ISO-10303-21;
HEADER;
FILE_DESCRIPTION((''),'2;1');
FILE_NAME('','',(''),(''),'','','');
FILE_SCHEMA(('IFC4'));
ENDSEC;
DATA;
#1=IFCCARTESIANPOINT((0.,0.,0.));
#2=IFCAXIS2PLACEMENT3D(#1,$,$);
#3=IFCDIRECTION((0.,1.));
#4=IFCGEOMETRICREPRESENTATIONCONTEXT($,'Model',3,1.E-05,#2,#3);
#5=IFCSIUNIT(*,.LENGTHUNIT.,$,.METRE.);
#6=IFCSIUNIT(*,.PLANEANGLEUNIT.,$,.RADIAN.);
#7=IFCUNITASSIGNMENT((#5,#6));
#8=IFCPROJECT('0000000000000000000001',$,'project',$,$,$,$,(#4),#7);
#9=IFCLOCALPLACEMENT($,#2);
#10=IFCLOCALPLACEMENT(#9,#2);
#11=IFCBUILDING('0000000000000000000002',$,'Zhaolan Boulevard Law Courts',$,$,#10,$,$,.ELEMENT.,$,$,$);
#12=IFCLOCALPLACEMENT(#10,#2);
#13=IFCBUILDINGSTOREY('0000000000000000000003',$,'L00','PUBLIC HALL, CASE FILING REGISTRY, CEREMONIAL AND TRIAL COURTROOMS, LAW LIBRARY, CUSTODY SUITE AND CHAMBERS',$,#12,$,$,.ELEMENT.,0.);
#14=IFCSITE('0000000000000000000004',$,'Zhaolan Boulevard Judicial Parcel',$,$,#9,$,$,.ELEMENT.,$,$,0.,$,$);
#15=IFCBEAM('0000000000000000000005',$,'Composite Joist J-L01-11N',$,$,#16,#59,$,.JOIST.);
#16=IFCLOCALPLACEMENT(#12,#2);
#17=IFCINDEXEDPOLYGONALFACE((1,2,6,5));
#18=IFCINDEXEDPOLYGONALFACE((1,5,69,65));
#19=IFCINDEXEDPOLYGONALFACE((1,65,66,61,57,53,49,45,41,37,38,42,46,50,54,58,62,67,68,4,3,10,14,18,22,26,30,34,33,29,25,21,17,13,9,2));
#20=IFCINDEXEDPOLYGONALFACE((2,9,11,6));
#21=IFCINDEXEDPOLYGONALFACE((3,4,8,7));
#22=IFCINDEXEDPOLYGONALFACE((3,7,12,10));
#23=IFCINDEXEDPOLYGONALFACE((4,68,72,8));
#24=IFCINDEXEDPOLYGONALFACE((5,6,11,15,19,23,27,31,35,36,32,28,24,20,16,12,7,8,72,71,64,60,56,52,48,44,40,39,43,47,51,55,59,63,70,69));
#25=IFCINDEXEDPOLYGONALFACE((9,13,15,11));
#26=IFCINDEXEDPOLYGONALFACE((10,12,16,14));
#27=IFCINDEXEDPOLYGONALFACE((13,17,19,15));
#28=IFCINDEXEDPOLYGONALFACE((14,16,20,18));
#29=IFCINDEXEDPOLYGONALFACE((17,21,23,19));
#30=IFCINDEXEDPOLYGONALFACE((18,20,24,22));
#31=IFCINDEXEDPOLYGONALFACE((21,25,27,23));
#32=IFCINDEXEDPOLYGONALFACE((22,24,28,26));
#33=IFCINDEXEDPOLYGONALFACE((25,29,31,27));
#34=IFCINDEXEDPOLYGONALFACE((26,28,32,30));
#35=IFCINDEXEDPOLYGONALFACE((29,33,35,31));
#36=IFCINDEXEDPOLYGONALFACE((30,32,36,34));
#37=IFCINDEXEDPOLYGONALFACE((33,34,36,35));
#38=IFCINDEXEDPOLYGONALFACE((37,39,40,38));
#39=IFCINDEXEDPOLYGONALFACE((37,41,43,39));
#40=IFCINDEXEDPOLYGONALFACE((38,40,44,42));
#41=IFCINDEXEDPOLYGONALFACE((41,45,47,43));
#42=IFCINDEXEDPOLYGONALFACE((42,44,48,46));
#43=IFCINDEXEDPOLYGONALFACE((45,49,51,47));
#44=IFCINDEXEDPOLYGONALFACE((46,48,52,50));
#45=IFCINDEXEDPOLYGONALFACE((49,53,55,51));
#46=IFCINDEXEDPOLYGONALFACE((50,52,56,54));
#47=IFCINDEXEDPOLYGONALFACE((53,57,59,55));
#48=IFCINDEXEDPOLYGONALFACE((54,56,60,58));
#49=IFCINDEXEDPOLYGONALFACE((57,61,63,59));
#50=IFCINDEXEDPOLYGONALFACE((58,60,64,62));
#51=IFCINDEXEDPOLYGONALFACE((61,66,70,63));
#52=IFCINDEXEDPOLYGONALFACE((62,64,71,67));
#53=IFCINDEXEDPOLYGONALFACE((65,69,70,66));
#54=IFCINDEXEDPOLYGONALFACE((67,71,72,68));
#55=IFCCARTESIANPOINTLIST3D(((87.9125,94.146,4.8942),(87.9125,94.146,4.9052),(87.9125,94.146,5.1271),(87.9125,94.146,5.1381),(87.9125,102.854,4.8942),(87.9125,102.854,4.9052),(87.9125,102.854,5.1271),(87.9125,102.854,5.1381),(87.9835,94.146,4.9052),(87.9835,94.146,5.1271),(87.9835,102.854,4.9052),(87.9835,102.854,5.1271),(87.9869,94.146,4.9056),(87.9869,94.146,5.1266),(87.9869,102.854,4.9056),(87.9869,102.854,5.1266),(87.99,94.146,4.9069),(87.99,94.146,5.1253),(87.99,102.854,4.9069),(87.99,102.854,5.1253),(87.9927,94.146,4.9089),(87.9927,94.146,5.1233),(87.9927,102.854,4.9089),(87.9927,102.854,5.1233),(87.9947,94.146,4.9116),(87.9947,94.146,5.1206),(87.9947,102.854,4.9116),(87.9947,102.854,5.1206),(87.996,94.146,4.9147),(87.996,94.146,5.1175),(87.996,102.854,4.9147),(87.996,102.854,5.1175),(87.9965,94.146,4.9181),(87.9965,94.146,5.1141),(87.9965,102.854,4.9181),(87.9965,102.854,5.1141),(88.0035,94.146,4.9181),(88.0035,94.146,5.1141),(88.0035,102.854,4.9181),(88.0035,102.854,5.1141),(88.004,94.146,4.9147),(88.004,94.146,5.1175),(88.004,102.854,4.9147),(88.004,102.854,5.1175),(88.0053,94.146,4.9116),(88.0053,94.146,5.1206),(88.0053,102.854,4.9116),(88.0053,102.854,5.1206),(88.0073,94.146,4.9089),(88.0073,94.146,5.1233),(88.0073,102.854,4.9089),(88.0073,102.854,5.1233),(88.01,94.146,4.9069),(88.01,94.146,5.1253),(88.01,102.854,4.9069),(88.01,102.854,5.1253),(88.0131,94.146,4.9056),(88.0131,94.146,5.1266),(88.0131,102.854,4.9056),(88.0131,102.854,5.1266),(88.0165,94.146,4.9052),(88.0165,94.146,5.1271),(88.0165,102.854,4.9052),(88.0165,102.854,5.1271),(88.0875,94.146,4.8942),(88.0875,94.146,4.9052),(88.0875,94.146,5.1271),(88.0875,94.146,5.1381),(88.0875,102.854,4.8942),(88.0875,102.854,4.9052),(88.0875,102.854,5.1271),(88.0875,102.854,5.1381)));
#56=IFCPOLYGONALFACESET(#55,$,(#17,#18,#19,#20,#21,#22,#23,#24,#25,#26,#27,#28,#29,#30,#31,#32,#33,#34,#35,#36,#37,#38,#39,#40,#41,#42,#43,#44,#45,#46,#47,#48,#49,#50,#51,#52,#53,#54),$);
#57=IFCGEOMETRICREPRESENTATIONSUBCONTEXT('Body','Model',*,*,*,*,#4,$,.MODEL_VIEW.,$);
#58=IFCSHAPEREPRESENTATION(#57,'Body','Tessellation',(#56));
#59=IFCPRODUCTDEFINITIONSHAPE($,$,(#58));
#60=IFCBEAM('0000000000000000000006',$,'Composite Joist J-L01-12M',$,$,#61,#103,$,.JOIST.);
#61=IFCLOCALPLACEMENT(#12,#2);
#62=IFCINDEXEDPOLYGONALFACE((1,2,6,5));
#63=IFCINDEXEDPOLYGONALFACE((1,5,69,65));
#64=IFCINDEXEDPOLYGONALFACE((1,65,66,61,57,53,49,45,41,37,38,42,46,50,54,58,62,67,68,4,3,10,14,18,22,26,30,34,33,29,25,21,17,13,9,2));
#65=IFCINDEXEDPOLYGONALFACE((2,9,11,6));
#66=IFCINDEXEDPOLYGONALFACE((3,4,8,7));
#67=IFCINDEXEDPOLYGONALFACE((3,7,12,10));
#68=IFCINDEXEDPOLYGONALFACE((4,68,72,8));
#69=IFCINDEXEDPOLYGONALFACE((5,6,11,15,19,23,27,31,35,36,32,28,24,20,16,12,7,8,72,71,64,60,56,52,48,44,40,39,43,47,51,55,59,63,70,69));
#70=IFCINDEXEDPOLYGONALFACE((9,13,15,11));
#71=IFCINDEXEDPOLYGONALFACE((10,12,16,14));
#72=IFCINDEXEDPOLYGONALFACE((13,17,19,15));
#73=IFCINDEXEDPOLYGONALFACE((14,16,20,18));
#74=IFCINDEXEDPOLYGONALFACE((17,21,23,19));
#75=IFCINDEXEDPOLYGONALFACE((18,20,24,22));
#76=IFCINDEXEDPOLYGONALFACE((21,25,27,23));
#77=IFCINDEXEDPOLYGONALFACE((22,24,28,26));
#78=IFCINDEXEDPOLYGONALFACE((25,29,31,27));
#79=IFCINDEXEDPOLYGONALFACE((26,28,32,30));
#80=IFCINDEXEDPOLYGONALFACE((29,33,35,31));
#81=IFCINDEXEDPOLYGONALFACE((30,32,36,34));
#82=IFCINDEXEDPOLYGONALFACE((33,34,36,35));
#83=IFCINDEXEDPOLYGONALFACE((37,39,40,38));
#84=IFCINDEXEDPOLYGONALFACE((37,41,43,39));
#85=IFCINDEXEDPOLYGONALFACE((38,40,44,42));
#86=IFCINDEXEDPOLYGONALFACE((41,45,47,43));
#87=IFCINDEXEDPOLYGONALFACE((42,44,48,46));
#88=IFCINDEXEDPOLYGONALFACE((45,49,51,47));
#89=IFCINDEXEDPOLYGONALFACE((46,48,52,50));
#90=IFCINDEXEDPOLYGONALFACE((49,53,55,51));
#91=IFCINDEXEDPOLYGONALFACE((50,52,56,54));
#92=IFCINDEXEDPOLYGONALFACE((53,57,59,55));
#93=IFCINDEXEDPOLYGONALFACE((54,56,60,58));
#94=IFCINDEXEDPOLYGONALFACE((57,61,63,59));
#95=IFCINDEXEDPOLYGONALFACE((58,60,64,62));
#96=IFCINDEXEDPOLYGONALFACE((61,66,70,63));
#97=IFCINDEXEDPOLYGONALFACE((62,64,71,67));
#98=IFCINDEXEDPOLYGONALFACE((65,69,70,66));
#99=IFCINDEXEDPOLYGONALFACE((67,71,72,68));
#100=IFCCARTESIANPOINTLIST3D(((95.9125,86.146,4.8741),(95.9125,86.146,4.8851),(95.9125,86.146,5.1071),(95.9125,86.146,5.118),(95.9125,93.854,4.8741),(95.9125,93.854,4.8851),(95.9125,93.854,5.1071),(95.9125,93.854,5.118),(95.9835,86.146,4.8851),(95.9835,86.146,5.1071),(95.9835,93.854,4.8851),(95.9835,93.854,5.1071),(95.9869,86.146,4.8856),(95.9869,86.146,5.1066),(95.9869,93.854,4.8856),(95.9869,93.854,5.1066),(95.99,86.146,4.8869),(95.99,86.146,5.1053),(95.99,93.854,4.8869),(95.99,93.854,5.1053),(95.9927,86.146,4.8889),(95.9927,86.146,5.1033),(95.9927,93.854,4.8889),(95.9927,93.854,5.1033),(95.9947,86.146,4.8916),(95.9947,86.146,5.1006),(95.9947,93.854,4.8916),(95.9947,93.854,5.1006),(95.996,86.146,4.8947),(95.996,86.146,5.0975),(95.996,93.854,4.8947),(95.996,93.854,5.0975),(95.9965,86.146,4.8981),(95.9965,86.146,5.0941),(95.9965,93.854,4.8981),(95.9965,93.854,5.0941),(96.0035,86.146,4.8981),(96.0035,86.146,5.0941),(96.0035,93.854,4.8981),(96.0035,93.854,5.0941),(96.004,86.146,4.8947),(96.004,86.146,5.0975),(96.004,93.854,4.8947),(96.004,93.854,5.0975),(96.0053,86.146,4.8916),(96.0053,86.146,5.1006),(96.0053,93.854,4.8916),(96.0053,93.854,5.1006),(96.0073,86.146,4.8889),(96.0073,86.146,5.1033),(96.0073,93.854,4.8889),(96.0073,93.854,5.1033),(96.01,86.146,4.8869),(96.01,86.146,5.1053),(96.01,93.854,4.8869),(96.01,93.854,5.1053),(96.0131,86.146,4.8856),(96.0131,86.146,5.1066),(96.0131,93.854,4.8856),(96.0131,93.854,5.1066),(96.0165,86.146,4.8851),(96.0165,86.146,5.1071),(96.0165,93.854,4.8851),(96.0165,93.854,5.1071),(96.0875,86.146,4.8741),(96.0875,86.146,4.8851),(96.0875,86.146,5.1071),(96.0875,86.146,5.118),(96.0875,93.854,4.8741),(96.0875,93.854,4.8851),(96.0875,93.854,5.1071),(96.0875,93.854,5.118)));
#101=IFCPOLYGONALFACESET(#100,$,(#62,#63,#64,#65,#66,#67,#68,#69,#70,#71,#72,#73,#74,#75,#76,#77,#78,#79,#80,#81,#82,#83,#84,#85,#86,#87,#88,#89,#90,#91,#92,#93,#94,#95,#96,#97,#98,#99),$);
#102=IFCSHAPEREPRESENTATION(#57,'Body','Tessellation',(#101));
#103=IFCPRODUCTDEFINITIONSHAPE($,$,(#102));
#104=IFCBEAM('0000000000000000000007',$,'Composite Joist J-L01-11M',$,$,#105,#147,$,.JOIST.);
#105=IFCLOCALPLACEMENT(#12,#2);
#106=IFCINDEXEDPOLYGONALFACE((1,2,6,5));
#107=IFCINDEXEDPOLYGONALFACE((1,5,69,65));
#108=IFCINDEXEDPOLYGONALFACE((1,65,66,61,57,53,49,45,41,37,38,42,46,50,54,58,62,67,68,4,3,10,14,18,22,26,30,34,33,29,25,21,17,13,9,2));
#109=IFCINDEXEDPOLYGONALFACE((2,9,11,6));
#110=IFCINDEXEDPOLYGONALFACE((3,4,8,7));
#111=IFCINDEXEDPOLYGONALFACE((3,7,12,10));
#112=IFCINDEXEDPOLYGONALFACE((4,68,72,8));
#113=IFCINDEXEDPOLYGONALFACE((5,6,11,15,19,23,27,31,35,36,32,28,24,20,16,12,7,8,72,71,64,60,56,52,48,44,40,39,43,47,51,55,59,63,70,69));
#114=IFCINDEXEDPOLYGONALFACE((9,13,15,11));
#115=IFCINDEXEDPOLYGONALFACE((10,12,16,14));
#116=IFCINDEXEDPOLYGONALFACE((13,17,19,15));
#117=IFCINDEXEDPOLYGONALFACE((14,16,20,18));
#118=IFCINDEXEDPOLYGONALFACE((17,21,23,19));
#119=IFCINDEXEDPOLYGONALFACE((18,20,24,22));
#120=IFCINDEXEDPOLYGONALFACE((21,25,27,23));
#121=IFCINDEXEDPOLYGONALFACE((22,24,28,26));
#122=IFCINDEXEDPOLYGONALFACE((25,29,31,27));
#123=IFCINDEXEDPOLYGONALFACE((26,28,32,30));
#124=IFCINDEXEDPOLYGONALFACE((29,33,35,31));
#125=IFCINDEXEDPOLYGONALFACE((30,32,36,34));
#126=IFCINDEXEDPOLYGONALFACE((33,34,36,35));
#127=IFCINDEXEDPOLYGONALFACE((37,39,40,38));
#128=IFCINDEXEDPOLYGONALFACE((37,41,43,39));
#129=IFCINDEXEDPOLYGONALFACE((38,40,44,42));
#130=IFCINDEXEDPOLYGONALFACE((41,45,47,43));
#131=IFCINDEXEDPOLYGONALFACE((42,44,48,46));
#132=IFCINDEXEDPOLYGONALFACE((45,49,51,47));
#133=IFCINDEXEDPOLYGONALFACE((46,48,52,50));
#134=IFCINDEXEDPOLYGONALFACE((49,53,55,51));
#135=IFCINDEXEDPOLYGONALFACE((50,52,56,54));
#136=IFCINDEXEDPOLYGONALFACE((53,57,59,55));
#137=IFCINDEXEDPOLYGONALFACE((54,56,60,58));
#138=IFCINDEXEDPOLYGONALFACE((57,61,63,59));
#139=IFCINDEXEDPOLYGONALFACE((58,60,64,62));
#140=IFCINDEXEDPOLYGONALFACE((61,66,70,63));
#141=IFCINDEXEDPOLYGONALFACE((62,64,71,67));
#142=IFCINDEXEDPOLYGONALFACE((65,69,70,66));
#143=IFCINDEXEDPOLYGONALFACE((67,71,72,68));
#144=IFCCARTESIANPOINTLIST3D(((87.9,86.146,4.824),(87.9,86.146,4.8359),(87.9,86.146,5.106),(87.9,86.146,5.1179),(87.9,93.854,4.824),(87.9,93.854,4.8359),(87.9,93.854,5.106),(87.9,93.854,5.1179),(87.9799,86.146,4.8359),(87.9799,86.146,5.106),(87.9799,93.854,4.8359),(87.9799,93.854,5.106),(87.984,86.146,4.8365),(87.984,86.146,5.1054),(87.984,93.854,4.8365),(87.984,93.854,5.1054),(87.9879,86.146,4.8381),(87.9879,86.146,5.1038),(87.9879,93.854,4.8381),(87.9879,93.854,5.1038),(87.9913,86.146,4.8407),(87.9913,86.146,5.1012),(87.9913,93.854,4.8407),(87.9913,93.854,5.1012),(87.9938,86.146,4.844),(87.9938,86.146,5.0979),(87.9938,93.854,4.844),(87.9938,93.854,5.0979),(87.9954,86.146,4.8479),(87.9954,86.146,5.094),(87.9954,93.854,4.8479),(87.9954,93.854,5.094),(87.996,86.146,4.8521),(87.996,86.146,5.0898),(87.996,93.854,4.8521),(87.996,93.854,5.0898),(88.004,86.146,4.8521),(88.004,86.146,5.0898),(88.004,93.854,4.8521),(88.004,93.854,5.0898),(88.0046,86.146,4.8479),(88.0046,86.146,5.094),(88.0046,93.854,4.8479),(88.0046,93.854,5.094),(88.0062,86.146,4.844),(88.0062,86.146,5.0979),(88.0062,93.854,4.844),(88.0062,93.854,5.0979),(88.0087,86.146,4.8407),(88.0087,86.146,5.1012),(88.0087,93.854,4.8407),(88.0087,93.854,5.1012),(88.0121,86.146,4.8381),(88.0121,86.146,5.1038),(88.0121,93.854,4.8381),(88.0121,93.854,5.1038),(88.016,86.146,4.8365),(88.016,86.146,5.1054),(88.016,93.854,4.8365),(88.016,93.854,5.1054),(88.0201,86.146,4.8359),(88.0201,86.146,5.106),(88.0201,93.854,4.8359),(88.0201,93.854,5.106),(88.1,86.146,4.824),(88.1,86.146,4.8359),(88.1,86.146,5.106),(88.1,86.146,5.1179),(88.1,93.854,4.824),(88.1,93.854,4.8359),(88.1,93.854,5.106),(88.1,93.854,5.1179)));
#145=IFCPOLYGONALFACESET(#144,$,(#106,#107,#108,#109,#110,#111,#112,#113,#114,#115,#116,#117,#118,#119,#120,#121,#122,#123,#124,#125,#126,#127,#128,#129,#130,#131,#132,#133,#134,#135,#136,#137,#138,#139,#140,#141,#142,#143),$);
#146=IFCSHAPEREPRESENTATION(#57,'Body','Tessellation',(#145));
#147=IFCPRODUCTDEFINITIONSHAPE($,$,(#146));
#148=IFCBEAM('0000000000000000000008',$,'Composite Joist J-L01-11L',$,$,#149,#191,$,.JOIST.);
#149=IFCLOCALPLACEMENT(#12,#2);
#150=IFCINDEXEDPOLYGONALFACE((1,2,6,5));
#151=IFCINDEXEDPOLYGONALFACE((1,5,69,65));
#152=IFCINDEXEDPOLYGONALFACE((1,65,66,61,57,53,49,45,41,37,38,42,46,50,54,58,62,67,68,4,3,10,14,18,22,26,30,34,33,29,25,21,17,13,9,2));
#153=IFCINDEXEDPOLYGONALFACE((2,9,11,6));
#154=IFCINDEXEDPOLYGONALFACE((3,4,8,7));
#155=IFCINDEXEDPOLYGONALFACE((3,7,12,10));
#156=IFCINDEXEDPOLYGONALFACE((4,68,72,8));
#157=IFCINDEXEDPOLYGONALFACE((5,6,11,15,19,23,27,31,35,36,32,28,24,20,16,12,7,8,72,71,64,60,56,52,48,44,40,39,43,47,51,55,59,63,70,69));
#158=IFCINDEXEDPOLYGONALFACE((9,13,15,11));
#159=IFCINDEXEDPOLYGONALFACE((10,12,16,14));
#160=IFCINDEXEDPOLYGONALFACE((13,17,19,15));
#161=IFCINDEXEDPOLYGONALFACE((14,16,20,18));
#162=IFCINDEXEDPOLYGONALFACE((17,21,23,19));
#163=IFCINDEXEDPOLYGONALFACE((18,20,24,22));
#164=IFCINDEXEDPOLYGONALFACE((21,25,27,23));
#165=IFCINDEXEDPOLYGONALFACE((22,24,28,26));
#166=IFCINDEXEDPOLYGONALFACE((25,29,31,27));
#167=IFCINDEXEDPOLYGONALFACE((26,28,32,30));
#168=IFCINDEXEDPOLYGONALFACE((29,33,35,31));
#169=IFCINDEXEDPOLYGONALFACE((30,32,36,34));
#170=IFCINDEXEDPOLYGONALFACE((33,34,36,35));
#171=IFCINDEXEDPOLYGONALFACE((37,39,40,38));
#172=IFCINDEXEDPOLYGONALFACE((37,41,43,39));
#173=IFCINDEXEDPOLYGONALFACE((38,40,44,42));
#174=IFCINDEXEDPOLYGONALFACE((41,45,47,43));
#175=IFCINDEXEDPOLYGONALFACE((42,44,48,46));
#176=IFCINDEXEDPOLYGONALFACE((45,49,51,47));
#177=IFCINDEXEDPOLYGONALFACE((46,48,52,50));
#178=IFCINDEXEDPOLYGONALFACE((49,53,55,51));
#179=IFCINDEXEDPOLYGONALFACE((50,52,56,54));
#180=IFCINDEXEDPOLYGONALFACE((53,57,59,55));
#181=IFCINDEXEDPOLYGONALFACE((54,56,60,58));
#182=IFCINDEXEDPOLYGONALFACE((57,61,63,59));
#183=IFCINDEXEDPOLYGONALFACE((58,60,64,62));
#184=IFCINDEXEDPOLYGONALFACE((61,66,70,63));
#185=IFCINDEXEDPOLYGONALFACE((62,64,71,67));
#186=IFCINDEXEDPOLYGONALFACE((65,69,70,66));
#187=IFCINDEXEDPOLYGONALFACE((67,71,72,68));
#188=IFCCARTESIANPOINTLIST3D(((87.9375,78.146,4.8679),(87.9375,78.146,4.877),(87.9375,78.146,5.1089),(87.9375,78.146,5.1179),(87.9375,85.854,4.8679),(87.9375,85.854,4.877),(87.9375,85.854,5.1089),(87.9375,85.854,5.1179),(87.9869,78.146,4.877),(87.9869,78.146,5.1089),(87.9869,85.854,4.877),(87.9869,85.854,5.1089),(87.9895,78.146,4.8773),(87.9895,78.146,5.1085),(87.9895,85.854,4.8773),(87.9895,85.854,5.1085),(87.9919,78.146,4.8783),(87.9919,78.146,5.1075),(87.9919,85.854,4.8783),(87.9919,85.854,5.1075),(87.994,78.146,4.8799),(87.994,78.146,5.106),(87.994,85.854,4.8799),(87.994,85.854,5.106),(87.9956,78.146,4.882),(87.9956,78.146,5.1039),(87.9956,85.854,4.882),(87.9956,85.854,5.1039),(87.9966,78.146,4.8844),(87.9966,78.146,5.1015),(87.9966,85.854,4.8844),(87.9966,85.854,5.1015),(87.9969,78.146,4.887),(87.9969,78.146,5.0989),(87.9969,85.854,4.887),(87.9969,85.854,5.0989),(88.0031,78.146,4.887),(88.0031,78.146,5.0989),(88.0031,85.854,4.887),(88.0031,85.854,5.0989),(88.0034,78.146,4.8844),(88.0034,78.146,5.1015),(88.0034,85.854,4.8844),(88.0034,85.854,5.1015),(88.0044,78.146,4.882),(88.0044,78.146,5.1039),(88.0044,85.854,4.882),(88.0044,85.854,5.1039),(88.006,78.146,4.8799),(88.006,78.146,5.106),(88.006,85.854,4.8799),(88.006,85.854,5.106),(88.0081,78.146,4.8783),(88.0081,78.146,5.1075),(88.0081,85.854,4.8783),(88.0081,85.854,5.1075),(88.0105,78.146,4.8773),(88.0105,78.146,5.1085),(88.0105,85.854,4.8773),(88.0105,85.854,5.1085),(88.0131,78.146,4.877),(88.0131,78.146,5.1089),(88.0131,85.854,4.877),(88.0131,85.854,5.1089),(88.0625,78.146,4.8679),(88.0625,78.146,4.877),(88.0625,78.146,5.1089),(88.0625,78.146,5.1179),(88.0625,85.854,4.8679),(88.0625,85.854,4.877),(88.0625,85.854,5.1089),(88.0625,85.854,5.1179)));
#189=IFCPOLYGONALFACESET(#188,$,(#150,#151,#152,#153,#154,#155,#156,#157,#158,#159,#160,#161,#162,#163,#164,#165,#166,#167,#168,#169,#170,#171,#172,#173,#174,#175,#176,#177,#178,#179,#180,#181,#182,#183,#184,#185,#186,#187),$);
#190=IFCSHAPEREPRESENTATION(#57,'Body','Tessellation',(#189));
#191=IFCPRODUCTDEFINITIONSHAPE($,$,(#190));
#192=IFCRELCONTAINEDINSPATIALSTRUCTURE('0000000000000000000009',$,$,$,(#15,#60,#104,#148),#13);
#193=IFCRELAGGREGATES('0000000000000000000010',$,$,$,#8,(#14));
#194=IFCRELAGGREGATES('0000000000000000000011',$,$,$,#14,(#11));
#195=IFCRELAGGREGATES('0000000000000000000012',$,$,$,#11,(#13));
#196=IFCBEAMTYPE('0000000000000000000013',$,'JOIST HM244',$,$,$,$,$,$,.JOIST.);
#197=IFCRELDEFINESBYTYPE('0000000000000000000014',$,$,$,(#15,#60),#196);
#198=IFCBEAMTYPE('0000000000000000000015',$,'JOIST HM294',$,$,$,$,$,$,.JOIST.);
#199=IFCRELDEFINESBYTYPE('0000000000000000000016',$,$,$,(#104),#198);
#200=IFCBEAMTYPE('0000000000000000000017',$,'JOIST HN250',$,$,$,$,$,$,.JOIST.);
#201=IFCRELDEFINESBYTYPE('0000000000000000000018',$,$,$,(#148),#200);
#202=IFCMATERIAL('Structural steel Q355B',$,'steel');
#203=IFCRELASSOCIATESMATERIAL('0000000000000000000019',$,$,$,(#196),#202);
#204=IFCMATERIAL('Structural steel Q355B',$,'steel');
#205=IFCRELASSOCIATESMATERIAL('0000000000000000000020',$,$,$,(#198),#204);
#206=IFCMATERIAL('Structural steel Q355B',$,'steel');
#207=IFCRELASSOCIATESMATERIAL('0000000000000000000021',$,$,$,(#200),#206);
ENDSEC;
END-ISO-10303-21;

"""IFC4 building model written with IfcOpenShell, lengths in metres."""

from ifc_helpers import new_model, si_unit, direction, frame, origin, origin_2d, place, context, subcontext, project, spatial, i_section, extrude, material, material_profile, profile_set, type_object, element, save


model = new_model("IFC4")

# Units and contexts
model_context = context("Model", 3, precision=1e-05, world=origin(), true_north=direction((0.0, 1.0)))
body_context = subcontext(model_context, "Body", "Model", "MODEL_VIEW")
ifc_project = project(units=[si_unit("LENGTHUNIT", "METRE"), si_unit("PLANEANGLEUNIT", "RADIAN")], contexts=[model_context])

# Site, building, storey
site_placement = place(None, origin())
site = spatial("IfcSite", under=ifc_project, at=site_placement, Name="Zhaolan Boulevard Judicial Parcel", CompositionType="ELEMENT", RefElevation=0.0)
building_placement = place(site_placement, origin())
building = spatial("IfcBuilding", under=site, at=building_placement, Name="Zhaolan Boulevard Law Courts", CompositionType="ELEMENT")
storey_placement = place(building_placement, origin())
storey = spatial("IfcBuildingStorey", under=building, at=storey_placement, Name="L00", Description="PUBLIC HALL, CASE FILING REGISTRY, CEREMONIAL AND TRIAL COURTROOMS, LAW LIBRARY, CUSTODY SUITE AND CHAMBERS", CompositionType="ELEMENT", Elevation=0.0)

# Beams
ifc_material_1 = material(Name="Structural steel Q355B", Category="steel")
ifc_material_profile_1 = material_profile(ifc_material_1, i_section(OverallWidth=0.175, OverallDepth=0.2439, WebThickness=0.0071, FlangeThickness=0.011, FilletRadius=0.0129, at=origin_2d()), Name="HM244x175")
ifc_profile_set_1 = profile_set([ifc_material_profile_1], Name="Structural steel Q355B")
beam_type_1 = type_object("IfcBeamType", Name="JOIST HM244", PredefinedType="JOIST", material=ifc_profile_set_1)
beam_1_placement = place(storey_placement, frame((88.0, 94.146, 5.0161), z_axis=(0.0, 1.0, 0.0), x_axis=(-1.0, 0.0, 0.0)))
element("IfcBeam", 1, at=beam_1_placement, inside=storey, type_object=beam_type_1, Name="Composite Joist J-L01-11N", PredefinedType="JOIST", context=body_context, shape_type="SweptSolid", body=[
    extrude(i_section(OverallWidth=0.175, OverallDepth=0.2439, WebThickness=0.0071, FlangeThickness=0.011, FilletRadius=0.0129, at=origin_2d()), origin(), (0.0, 0.0, 1.0), 8.708),
])
beam_2_placement = place(storey_placement, frame((96.0, 86.146, 4.9961), z_axis=(0.0, 1.0, 0.0), x_axis=(-1.0, 0.0, 0.0)))
element("IfcBeam", 2, at=beam_2_placement, inside=storey, type_object=beam_type_1, Name="Composite Joist J-L01-12M", PredefinedType="JOIST", context=body_context, shape_type="SweptSolid", body=[
    extrude(i_section(OverallWidth=0.175, OverallDepth=0.2439, WebThickness=0.0071, FlangeThickness=0.011, FilletRadius=0.0129, at=origin_2d()), origin(), (0.0, 0.0, 1.0), 7.708),
])
ifc_material_2 = material(Name="Structural steel Q355B", Category="steel")
ifc_material_profile_2 = material_profile(ifc_material_2, i_section(OverallWidth=0.2, OverallDepth=0.2939, WebThickness=0.0081, FlangeThickness=0.012, FilletRadius=0.0161, at=origin_2d()), Name="HM294x200")
ifc_profile_set_2 = profile_set([ifc_material_profile_2], Name="Structural steel Q355B")
beam_type_2 = type_object("IfcBeamType", Name="JOIST HM294", PredefinedType="JOIST", material=ifc_profile_set_2)
beam_3_placement = place(storey_placement, frame((88.0, 86.146, 4.9709), z_axis=(0.0, 1.0, 0.0), x_axis=(-1.0, 0.0, 0.0)))
element("IfcBeam", 3, at=beam_3_placement, inside=storey, type_object=beam_type_2, Name="Composite Joist J-L01-11M", PredefinedType="JOIST", context=body_context, shape_type="SweptSolid", body=[
    extrude(i_section(OverallWidth=0.2, OverallDepth=0.2939, WebThickness=0.0081, FlangeThickness=0.012, FilletRadius=0.0161, at=origin_2d()), origin(), (0.0, 0.0, 1.0), 7.708),
])
ifc_material_3 = material(Name="Structural steel Q355B", Category="steel")
ifc_material_profile_3 = material_profile(ifc_material_3, i_section(OverallWidth=0.125, OverallDepth=0.25, WebThickness=0.0061, FlangeThickness=0.009, FilletRadius=0.01, at=origin_2d()), Name="HN250x125")
ifc_profile_set_3 = profile_set([ifc_material_profile_3], Name="Structural steel Q355B")
beam_type_3 = type_object("IfcBeamType", Name="JOIST HN250", PredefinedType="JOIST", material=ifc_profile_set_3)
beam_4_placement = place(storey_placement, frame((88.0, 78.146, 4.9929), z_axis=(0.0, 1.0, 0.0), x_axis=(-1.0, 0.0, 0.0)))
element("IfcBeam", 4, at=beam_4_placement, inside=storey, type_object=beam_type_3, Name="Composite Joist J-L01-11L", PredefinedType="JOIST", context=body_context, shape_type="SweptSolid", body=[
    extrude(i_section(OverallWidth=0.125, OverallDepth=0.25, WebThickness=0.0061, FlangeThickness=0.009, FilletRadius=0.01, at=origin_2d()), origin(), (0.0, 0.0, 1.0), 7.708),
])

save(model, "model.ifc")
